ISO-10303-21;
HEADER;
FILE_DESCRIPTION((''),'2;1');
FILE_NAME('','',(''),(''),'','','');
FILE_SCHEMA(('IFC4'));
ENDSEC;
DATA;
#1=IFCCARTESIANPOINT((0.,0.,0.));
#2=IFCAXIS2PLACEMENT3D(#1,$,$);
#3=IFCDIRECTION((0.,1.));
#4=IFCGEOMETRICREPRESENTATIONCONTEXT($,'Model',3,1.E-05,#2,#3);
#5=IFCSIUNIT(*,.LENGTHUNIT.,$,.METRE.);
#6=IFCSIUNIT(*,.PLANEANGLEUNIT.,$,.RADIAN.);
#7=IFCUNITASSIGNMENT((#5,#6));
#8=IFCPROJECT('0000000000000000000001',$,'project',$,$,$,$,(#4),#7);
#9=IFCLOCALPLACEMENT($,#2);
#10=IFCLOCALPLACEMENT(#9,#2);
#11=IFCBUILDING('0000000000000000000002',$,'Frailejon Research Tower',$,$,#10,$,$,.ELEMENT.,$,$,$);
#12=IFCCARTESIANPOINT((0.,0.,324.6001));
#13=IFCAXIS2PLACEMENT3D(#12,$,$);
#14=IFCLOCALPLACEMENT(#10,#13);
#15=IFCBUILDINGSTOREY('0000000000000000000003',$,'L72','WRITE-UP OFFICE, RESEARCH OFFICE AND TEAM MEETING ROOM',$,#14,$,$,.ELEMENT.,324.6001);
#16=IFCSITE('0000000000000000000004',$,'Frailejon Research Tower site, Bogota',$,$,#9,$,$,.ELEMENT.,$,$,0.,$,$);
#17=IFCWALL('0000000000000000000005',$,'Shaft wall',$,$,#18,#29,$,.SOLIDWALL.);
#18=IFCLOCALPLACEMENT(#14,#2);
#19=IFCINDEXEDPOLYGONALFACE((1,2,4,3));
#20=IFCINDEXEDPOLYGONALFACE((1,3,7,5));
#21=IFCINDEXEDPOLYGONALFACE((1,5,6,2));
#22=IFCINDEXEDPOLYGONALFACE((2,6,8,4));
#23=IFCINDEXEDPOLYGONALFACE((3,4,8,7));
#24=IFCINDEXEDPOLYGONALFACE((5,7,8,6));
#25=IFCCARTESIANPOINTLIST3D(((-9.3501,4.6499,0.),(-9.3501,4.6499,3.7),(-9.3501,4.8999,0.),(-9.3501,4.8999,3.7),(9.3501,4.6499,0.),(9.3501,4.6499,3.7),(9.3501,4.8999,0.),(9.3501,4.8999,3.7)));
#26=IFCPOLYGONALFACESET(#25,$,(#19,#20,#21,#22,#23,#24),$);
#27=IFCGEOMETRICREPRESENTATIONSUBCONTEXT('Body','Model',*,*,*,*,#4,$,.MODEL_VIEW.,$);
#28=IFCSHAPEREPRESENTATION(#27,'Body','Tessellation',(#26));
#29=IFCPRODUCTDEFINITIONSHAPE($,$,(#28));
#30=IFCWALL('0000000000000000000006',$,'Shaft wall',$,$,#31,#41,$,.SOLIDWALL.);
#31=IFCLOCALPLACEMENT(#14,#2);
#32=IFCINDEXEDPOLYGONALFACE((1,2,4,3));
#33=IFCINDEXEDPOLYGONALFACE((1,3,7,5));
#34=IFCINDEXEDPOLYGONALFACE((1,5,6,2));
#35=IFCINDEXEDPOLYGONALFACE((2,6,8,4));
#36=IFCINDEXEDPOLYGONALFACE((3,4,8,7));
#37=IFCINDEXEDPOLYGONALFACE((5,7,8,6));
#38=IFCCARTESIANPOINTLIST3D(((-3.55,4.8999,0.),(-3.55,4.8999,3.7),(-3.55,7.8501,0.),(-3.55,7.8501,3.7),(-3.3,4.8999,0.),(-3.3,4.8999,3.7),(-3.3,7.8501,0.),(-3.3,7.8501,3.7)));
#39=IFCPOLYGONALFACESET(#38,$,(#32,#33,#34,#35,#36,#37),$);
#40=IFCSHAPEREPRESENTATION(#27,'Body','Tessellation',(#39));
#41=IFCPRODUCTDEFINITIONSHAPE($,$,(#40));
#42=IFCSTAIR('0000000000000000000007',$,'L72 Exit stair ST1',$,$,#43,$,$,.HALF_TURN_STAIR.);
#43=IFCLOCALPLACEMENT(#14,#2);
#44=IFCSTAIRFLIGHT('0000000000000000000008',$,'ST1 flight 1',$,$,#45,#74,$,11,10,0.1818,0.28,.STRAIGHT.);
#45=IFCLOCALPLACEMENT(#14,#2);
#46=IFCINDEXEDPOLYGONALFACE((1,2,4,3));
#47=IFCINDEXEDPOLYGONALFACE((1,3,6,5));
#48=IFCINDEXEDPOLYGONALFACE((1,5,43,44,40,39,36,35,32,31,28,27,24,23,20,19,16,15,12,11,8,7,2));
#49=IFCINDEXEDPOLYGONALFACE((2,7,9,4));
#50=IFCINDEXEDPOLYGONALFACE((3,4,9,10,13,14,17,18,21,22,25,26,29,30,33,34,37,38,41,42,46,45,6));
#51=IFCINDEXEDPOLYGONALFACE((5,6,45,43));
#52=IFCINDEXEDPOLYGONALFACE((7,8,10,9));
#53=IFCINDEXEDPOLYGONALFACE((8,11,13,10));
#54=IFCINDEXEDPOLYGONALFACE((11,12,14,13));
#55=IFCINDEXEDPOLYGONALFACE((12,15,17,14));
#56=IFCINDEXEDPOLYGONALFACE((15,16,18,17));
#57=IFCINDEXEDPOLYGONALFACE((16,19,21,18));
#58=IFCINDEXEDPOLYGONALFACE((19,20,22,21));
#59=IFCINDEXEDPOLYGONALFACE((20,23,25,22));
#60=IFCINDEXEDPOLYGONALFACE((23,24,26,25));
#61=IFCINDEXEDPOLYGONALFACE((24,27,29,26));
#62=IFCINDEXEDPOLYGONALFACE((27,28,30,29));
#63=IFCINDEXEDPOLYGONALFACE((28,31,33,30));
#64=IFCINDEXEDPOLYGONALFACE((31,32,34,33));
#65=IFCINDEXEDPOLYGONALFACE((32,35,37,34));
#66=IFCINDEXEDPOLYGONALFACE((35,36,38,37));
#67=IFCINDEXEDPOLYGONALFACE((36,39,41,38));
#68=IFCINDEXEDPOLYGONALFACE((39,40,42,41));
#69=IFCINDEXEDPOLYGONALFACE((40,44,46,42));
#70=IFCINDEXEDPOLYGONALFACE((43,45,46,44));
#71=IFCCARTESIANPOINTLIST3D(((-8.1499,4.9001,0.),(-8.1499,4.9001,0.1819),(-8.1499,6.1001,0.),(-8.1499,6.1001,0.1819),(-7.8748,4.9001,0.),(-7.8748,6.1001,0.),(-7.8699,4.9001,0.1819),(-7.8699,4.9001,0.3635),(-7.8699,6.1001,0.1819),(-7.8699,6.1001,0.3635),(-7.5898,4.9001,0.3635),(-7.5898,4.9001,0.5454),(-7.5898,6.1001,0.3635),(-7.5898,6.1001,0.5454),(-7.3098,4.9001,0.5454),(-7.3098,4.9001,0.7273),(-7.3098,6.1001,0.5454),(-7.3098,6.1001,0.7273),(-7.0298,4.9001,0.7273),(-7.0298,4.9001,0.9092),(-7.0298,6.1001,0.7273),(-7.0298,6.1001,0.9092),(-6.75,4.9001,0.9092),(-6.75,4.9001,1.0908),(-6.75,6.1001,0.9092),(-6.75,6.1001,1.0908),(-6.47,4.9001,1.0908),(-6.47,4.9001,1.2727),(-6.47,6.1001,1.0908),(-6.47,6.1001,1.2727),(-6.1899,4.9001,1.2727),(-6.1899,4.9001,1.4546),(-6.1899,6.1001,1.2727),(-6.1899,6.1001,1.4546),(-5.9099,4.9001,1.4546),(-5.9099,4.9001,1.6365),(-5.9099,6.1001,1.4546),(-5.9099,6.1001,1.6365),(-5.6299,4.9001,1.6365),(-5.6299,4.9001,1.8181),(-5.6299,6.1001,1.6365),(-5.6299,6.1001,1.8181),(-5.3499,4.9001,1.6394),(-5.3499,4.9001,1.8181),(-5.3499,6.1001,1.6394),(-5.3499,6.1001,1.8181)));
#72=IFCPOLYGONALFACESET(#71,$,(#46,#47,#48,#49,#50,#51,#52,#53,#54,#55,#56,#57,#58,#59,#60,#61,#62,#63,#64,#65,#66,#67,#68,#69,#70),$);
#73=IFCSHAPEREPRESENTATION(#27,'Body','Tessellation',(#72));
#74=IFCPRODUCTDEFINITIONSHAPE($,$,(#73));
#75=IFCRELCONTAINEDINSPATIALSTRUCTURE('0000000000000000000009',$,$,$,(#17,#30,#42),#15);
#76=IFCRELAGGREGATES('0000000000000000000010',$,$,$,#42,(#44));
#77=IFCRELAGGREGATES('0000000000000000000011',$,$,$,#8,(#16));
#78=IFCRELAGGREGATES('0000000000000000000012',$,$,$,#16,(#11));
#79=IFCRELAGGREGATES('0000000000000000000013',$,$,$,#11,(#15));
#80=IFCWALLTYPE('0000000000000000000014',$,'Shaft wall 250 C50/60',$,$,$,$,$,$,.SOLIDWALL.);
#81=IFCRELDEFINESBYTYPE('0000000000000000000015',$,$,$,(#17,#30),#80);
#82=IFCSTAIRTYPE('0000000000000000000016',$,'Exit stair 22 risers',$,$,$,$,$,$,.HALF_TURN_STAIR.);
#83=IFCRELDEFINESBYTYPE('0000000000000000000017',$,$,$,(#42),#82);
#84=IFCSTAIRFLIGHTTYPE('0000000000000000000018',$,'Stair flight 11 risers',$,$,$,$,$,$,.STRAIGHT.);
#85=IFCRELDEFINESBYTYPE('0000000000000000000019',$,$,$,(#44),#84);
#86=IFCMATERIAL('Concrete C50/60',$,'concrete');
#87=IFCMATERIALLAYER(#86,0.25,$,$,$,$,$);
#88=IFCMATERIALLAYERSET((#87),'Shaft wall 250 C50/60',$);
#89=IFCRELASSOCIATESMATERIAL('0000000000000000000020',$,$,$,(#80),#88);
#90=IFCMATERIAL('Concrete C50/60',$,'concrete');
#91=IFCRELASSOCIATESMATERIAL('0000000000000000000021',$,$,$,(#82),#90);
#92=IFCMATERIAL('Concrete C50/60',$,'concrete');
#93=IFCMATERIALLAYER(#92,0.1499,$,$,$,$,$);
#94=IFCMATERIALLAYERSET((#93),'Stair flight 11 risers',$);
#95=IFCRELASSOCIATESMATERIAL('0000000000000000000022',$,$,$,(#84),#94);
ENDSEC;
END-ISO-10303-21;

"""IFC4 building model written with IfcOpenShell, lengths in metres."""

from ifc_helpers import new_model, si_unit, direction, frame, frame_2d, origin, place, context, subcontext, project, spatial, polyline, rectangle, outline, extrude, material, layer, layer_set, type_object, element, aggregate, save


model = new_model("IFC4")

# Units and contexts
model_context = context("Model", 3, precision=1e-05, world=origin(), true_north=direction((0.0, 1.0)))
body_context = subcontext(model_context, "Body", "Model", "MODEL_VIEW")
ifc_project = project(units=[si_unit("LENGTHUNIT", "METRE"), si_unit("PLANEANGLEUNIT", "RADIAN")], contexts=[model_context])

# Site, building, storey
site_placement = place(None, origin())
site = spatial("IfcSite", under=ifc_project, at=site_placement, Name="Frailejon Research Tower site, Bogota", CompositionType="ELEMENT", RefElevation=0.0)
building_placement = place(site_placement, origin())
building = spatial("IfcBuilding", under=site, at=building_placement, Name="Frailejon Research Tower", CompositionType="ELEMENT")
storey_placement = place(building_placement, frame((0.0, 0.0, 324.6001)))
storey = spatial("IfcBuildingStorey", under=building, at=storey_placement, Name="L72", Description="WRITE-UP OFFICE, RESEARCH OFFICE AND TEAM MEETING ROOM", CompositionType="ELEMENT", Elevation=324.6001)

# Shared definitions
ifc_material_1 = material(Name="Concrete C50/60", Category="concrete")
ifc_layer_1 = layer(ifc_material_1, 0.25)
ifc_layer_set_1 = layer_set([ifc_layer_1], Name="Shaft wall 250 C50/60")
wall_type_1 = type_object("IfcWallType", Name="Shaft wall 250 C50/60", PredefinedType="SOLIDWALL", material=ifc_layer_set_1)

# Walls
wall_1_placement = place(storey_placement, frame((-9.3501, 4.7749, 0.0), z_axis=(0.0, 0.0, 1.0), x_axis=(1.0, 0.0, 0.0)))
element("IfcWall", 1, at=wall_1_placement, inside=storey, type_object=wall_type_1, Name="Shaft wall", PredefinedType="SOLIDWALL", context=body_context, shape_type="SweptSolid", body=[
    extrude(rectangle(XDim=18.7002, YDim=0.25, at=frame_2d((9.3501, 0.0))), origin(), (0.0, 0.0, 1.0), 3.7),
])
wall_2_placement = place(storey_placement, frame((-3.425, 4.8999, 0.0), z_axis=(0.0, 0.0, 1.0), x_axis=(0.0, 1.0, 0.0)))
element("IfcWall", 2, at=wall_2_placement, inside=storey, type_object=wall_type_1, Name="Shaft wall", PredefinedType="SOLIDWALL", context=body_context, shape_type="SweptSolid", body=[
    extrude(rectangle(XDim=2.9502, YDim=0.25, at=frame_2d((1.4751, 0.0))), origin(), (0.0, 0.0, 1.0), 3.7),
])

# Stair, stair flight
ifc_material_2 = material(Name="Concrete C50/60", Category="concrete")
stair_type = type_object("IfcStairType", Name="Exit stair 22 risers", PredefinedType="HALF_TURN_STAIR", material=ifc_material_2)
stair_placement = place(storey_placement, origin())
stair = element("IfcStair", 3, at=stair_placement, inside=storey, type_object=stair_type, Name="L72 Exit stair ST1", PredefinedType="HALF_TURN_STAIR")
ifc_material_3 = material(Name="Concrete C50/60", Category="concrete")
ifc_layer_2 = layer(ifc_material_3, 0.1499)
ifc_layer_set_2 = layer_set([ifc_layer_2], Name="Stair flight 11 risers")
stair_flight_type = type_object("IfcStairFlightType", Name="Stair flight 11 risers", PredefinedType="STRAIGHT", material=ifc_layer_set_2)
stair_flight_placement = place(storey_placement, frame((-8.1499, 5.5, 0.0), z_axis=(0.0, 0.0, 1.0), x_axis=(1.0, 0.0, 0.0)))
stair_flight = element("IfcStairFlight", 4, at=stair_flight_placement, type_object=stair_flight_type, Name="ST1 flight 1", NumberOfRisers=11, NumberOfTreads=10, PredefinedType="STRAIGHT", RiserHeight=0.1818, TreadLength=0.28, context=body_context, shape_type="SweptSolid", body=[
    extrude(outline(polyline([(0.0, 0.0), (0.0, 0.1819), (0.28, 0.1819), (0.28, 0.3635), (0.5601, 0.3635), (0.5601, 0.5454), (0.8401, 0.5454), (0.8401, 0.7273), (1.1201, 0.7273), (1.1201, 0.9092), (1.3999, 0.9092), (1.3999, 1.0908), (1.6799, 1.0908), (1.6799, 1.2727), (1.96, 1.2727), (1.96, 1.4546), (2.24, 1.4546), (2.24, 1.6365), (2.52, 1.6365), (2.52, 1.8181), (2.8, 1.8181), (2.8, 2.0), (2.8, 1.6394), (0.2751, 0.0), (0.0, 0.0)])), frame((0.0, 0.6001, 0.0), z_axis=(0.0, -1.0, 0.0), x_axis=(1.0, 0.0, 0.0)), (0.0, 0.0, 1.0), 1.2),
])
aggregate(stair, [stair_flight])

save(model, "model.ifc")
